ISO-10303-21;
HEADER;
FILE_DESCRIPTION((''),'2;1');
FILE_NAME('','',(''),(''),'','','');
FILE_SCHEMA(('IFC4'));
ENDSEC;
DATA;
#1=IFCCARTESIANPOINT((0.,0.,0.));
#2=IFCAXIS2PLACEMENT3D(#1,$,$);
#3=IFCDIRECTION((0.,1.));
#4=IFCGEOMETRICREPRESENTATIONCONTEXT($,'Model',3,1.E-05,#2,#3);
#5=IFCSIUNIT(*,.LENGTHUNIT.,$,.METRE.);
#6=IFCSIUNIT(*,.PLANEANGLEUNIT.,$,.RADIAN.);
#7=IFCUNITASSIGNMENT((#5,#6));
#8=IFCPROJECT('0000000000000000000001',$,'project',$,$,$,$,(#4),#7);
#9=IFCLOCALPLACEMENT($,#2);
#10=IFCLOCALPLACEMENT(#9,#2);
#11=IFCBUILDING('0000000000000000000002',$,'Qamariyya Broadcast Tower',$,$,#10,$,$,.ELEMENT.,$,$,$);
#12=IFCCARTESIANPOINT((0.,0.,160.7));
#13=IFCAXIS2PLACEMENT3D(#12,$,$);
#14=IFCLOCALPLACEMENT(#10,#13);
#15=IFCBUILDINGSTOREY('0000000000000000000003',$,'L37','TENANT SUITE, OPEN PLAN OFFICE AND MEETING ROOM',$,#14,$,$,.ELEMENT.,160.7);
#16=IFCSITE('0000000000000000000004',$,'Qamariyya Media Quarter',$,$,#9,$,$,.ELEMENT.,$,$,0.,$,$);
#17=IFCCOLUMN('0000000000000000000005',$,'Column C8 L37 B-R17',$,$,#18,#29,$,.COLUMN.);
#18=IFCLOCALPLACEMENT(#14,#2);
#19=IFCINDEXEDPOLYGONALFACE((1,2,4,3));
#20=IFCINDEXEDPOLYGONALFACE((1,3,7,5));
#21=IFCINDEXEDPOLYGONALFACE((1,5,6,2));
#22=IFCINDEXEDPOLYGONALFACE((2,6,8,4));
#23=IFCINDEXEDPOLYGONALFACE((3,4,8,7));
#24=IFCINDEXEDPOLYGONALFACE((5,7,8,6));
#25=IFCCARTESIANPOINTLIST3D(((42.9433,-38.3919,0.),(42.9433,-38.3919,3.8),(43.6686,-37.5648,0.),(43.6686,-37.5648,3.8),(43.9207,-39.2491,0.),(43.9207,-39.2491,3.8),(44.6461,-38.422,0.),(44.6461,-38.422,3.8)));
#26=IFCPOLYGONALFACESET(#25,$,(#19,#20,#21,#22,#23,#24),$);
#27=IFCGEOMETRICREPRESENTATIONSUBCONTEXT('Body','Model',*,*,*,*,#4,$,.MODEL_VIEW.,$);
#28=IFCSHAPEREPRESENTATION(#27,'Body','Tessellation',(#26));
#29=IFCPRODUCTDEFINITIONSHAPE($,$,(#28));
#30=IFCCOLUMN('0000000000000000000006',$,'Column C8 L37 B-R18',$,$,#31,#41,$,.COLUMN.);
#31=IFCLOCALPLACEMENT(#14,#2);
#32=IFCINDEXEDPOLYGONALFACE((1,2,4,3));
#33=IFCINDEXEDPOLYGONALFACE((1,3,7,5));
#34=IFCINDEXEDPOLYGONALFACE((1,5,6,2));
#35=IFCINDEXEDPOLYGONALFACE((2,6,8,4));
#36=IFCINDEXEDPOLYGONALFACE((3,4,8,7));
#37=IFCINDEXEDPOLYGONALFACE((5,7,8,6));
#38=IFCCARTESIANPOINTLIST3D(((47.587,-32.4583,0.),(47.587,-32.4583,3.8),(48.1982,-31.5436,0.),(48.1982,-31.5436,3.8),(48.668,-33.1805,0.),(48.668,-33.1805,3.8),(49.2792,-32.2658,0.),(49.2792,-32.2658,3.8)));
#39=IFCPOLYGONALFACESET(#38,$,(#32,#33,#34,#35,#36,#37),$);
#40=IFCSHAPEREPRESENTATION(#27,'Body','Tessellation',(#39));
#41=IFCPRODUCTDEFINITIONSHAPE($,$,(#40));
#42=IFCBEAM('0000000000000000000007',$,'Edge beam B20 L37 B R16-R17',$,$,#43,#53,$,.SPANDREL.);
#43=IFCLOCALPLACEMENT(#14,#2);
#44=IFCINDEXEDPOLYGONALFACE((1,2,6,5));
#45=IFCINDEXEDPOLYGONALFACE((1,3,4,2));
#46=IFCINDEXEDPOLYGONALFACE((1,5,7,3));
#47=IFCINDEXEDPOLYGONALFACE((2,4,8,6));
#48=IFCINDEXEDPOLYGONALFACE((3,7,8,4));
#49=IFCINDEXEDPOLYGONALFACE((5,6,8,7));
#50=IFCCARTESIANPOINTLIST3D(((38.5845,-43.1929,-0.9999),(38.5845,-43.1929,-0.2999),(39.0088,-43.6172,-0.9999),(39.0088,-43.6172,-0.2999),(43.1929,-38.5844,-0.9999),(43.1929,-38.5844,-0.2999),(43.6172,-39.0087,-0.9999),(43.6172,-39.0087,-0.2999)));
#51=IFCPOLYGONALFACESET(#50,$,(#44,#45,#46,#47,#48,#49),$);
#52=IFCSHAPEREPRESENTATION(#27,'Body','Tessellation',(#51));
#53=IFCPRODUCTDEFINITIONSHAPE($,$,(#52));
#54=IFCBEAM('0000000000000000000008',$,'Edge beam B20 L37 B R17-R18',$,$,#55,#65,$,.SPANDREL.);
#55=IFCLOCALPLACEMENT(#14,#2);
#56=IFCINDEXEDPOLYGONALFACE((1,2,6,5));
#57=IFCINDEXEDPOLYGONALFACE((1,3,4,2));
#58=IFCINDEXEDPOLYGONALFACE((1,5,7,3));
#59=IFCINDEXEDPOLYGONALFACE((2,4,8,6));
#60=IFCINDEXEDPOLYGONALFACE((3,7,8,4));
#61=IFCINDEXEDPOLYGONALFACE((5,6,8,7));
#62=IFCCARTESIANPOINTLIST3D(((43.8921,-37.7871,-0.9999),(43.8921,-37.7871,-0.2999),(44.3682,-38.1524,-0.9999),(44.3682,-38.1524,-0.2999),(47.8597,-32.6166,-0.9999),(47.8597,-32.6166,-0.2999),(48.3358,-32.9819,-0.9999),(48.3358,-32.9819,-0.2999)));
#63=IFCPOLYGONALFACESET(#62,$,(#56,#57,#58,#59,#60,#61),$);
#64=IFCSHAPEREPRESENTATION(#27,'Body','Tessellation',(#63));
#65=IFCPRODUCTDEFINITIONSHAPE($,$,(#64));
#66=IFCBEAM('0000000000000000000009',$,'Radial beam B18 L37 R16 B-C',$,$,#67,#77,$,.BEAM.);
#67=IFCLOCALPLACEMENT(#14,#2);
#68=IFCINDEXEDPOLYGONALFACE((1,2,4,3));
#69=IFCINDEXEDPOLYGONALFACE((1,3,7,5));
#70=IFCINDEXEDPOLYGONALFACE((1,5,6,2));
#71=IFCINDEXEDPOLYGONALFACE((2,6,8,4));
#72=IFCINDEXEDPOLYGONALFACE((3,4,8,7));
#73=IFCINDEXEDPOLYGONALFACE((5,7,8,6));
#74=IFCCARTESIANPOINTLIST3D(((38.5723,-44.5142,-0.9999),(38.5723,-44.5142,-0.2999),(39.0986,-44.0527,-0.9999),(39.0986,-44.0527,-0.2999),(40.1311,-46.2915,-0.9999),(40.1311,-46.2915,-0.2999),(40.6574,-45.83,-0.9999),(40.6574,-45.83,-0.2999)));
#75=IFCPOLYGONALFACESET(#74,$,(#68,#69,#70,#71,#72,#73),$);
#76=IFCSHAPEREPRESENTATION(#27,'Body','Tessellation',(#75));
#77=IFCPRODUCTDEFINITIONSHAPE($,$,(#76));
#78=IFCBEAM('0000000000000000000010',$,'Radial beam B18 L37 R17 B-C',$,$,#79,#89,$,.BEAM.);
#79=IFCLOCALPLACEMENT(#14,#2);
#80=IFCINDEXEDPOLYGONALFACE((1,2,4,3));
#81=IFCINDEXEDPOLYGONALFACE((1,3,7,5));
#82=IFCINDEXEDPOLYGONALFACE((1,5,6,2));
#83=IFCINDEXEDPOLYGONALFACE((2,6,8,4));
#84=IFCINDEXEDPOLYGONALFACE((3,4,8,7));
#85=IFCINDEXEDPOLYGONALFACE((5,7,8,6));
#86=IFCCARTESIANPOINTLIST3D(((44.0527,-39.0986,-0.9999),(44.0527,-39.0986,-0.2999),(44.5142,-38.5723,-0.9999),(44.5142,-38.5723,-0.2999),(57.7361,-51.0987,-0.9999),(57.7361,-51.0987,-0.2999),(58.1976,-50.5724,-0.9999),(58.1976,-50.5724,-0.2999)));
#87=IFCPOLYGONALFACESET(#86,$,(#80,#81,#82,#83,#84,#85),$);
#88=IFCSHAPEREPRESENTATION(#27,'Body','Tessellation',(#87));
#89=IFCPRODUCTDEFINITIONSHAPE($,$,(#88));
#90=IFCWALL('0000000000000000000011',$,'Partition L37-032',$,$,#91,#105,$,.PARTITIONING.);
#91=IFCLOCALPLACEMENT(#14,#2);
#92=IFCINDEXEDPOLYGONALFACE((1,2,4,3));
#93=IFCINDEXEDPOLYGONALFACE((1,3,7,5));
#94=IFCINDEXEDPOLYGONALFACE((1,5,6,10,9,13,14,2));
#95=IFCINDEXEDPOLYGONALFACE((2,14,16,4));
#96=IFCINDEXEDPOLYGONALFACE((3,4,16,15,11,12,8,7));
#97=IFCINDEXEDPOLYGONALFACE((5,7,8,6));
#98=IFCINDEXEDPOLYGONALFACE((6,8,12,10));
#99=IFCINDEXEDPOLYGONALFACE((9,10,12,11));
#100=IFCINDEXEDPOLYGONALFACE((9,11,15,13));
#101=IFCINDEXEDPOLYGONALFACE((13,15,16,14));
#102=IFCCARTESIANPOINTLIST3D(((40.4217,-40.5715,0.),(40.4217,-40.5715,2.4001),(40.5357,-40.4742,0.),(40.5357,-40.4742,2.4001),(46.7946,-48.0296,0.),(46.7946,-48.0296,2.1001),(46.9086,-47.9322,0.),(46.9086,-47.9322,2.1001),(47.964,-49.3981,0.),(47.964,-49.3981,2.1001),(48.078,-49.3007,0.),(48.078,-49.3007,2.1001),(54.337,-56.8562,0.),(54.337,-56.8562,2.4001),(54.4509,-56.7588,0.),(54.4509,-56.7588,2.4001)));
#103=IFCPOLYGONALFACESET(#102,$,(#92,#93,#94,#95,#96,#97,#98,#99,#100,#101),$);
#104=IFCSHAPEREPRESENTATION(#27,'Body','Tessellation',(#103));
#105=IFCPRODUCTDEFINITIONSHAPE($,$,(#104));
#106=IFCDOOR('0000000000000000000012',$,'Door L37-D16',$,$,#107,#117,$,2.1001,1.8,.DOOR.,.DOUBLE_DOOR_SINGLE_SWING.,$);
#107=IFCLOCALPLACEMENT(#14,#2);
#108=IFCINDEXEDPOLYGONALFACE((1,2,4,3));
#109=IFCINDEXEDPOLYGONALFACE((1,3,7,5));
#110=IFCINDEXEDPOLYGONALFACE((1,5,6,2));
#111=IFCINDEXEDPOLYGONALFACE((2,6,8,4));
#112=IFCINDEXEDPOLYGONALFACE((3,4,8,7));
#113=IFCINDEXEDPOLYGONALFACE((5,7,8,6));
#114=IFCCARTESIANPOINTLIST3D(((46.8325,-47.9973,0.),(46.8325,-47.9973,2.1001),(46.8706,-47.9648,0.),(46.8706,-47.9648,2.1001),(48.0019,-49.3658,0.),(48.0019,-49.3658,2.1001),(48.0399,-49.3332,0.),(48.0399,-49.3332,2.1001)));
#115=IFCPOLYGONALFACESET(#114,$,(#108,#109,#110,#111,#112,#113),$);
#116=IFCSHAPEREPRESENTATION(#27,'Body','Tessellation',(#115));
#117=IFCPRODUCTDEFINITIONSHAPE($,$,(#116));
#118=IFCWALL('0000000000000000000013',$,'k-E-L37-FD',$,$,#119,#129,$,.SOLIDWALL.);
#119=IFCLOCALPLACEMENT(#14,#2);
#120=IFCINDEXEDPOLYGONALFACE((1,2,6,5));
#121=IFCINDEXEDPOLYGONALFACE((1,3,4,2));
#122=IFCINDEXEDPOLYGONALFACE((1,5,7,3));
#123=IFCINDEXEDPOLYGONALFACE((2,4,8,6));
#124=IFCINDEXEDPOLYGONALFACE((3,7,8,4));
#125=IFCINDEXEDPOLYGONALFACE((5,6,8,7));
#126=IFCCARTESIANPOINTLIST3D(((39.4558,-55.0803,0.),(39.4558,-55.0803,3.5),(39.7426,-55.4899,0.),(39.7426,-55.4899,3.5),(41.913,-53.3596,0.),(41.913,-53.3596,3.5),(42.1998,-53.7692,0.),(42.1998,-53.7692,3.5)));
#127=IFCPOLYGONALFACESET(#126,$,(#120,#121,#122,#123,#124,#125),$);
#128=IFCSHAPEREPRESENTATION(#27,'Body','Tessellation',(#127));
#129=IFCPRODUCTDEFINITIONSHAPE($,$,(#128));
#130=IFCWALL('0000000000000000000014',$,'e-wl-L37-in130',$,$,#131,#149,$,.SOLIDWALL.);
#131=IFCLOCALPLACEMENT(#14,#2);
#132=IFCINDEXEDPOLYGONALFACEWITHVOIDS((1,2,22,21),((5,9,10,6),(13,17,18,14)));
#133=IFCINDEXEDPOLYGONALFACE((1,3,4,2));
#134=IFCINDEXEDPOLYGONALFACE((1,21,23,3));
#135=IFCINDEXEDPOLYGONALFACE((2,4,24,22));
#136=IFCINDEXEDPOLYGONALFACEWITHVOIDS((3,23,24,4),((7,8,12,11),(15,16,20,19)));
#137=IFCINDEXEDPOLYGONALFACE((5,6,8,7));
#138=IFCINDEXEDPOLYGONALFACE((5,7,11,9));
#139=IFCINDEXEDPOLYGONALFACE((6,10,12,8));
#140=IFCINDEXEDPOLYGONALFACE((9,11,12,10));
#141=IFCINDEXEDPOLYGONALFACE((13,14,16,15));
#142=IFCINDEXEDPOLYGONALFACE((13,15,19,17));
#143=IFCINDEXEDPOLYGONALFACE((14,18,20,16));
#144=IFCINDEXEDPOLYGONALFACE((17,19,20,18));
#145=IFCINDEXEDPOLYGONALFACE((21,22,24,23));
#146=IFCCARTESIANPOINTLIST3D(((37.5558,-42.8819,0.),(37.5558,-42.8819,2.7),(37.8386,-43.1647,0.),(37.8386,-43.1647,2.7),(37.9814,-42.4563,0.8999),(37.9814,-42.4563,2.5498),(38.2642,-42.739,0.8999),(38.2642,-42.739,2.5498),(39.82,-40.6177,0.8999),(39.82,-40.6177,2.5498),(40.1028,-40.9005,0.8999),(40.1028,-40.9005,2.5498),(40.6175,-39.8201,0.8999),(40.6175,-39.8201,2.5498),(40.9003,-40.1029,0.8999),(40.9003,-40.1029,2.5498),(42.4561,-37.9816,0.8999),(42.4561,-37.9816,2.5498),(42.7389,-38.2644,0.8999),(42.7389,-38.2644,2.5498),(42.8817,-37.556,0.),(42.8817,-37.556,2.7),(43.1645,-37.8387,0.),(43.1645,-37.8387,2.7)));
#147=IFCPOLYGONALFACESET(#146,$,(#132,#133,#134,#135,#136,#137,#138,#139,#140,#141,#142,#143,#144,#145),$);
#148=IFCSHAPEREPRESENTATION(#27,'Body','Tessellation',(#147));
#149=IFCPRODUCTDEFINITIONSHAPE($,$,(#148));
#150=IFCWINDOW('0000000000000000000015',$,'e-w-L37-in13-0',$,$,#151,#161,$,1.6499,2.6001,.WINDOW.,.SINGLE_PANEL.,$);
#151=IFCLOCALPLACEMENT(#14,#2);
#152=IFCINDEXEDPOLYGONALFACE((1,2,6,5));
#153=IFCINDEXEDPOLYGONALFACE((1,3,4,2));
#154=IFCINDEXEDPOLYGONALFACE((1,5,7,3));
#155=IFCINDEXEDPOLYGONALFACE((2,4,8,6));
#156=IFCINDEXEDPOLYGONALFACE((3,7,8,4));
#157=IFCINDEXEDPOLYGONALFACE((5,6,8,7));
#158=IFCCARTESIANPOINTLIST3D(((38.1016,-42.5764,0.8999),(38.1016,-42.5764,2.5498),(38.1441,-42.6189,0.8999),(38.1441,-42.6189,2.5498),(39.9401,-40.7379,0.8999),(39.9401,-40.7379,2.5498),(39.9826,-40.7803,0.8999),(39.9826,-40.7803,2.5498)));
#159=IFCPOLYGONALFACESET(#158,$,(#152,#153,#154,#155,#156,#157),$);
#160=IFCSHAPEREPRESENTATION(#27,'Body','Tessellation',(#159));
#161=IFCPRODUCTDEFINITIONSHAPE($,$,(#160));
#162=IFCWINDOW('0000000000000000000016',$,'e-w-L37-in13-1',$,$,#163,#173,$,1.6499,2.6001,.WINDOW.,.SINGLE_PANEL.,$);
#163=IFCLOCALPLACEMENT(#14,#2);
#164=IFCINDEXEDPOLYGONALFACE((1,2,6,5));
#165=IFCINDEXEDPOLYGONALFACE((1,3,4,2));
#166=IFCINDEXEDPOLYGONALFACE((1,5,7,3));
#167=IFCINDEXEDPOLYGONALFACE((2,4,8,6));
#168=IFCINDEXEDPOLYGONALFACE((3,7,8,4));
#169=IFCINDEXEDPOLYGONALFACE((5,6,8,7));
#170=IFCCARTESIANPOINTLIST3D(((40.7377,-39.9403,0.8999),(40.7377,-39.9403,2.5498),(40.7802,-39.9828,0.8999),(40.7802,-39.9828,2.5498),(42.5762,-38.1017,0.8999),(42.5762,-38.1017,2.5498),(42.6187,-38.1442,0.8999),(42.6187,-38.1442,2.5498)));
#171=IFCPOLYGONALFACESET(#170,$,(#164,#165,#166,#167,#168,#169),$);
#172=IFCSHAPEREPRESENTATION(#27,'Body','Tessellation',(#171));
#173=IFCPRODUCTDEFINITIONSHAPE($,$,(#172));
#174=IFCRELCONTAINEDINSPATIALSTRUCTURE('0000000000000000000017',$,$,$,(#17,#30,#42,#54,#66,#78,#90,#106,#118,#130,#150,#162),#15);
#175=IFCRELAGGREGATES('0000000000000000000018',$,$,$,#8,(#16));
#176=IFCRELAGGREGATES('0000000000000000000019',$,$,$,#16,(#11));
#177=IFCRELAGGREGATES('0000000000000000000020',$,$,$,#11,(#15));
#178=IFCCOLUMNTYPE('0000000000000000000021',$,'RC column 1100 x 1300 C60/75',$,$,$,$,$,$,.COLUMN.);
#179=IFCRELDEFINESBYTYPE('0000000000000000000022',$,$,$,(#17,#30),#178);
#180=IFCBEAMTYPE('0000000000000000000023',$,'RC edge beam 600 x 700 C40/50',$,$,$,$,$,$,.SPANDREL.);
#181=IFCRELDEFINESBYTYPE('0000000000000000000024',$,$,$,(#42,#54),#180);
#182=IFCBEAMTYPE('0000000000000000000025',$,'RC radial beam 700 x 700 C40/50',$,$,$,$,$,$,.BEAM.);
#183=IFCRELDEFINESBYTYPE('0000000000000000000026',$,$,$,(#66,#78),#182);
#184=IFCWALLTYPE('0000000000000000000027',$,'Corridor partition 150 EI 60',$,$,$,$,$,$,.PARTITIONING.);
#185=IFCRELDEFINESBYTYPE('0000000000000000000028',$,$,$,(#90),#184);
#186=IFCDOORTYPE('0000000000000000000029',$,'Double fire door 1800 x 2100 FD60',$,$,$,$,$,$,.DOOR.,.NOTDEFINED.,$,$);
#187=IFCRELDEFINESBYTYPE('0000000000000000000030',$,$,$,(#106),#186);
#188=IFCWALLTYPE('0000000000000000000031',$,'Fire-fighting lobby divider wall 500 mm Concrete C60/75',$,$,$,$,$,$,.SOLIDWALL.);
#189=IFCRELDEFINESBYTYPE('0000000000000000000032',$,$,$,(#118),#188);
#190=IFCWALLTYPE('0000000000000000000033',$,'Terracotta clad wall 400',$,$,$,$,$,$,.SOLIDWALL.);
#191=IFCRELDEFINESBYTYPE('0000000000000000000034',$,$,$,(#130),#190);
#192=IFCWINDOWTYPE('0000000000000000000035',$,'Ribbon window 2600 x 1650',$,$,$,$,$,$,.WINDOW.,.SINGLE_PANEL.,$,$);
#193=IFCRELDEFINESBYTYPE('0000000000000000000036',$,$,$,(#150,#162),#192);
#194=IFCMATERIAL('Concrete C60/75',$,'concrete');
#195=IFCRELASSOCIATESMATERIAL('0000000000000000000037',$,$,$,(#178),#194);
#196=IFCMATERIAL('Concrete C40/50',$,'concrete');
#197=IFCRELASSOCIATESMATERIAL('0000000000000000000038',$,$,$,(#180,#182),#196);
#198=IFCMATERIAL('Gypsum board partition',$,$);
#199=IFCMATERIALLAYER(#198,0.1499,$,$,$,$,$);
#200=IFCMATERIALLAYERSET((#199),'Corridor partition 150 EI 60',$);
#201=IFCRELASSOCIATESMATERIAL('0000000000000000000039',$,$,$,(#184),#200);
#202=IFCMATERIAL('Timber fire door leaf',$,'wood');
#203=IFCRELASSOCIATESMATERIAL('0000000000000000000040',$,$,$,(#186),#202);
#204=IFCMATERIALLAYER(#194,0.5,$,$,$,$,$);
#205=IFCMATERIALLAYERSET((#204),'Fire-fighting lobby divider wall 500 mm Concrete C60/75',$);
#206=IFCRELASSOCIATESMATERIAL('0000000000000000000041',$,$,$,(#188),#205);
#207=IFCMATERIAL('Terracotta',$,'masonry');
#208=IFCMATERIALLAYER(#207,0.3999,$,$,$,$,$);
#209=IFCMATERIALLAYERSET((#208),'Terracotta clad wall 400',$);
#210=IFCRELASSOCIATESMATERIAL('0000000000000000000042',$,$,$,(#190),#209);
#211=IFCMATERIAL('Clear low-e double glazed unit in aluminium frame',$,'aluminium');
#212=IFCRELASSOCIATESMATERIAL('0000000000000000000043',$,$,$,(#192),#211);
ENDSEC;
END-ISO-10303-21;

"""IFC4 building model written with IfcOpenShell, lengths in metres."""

from ifc_helpers import new_model, si_unit, direction, frame, frame_2d, origin, origin_2d, place, context, subcontext, project, spatial, rectangle, extrude, material, layer, layer_set, material_profile, profile_set, type_object, element, fill, save


model = new_model("IFC4")

# Units and contexts
model_context = context("Model", 3, precision=1e-05, world=origin(), true_north=direction((0.0, 1.0)))
body_context = subcontext(model_context, "Body", "Model", "MODEL_VIEW")
ifc_project = project(units=[si_unit("LENGTHUNIT", "METRE"), si_unit("PLANEANGLEUNIT", "RADIAN")], contexts=[model_context])

# Site, building, storey
site_placement = place(None, origin())
site = spatial("IfcSite", under=ifc_project, at=site_placement, Name="Qamariyya Media Quarter", CompositionType="ELEMENT", RefElevation=0.0)
building_placement = place(site_placement, origin())
building = spatial("IfcBuilding", under=site, at=building_placement, Name="Qamariyya Broadcast Tower", CompositionType="ELEMENT")
storey_placement = place(building_placement, frame((0.0, 0.0, 160.7)))
storey = spatial("IfcBuildingStorey", under=building, at=storey_placement, Name="L37", Description="TENANT SUITE, OPEN PLAN OFFICE AND MEETING ROOM", CompositionType="ELEMENT", Elevation=160.7)

# Columns
ifc_material_1 = material(Name="Concrete C60/75", Category="concrete")
ifc_material_profile_1 = material_profile(ifc_material_1, rectangle(XDim=1.1001, YDim=1.3, at=origin_2d()))
ifc_profile_set_1 = profile_set([ifc_material_profile_1], Name="Concrete C60/75")
column_type = type_object("IfcColumnType", Name="RC column 1100 x 1300 C60/75", PredefinedType="COLUMN", material=ifc_profile_set_1)
for number, where, z_axis, x_axis, name in (
    (1, (43.7947, -38.407, 0.0), (0.0, 0.0, 1.0), (0.659346, 0.75184, 0.0), "Column C8 L37 B-R17"),
    (2, (48.4331, -32.3621, 0.0), (0.0, 0.0, 1.0), (0.55557, 0.83147, 0.0), "Column C8 L37 B-R18"),
):
    element("IfcColumn", number, at=place(storey_placement, frame(where, z_axis=z_axis, x_axis=x_axis)), inside=storey, type_object=column_type, Name=name, PredefinedType="COLUMN", context=body_context, shape_type="SweptSolid", body=[
        extrude(rectangle(XDim=1.1001, YDim=1.3, at=origin_2d()), origin(), (0.0, 0.0, 1.0), 3.8),
    ])

# Beams
ifc_material_2 = material(Name="Concrete C40/50", Category="concrete")
ifc_material_profile_2 = material_profile(ifc_material_2, rectangle(XDim=0.6001, YDim=0.7, at=origin_2d()))
ifc_profile_set_2 = profile_set([ifc_material_profile_2], Name="Concrete C40/50")
beam_type_1 = type_object("IfcBeamType", Name="RC edge beam 600 x 700 C40/50", PredefinedType="SPANDREL", material=ifc_profile_set_2)
for number, where, z_axis, x_axis, name in (
    (3, (38.7966, -43.405, -0.6499), (0.707107, 0.707107, 0.0), (-0.707107, 0.707107, 0.0), "Edge beam B20 L37 B R16-R17"),
    (4, (44.1301, -37.9697, -0.6499), (0.608774, 0.793343, 0.0), (-0.793343, 0.608774, 0.0), "Edge beam B20 L37 B R17-R18"),
):
    element("IfcBeam", number, at=place(storey_placement, frame(where, z_axis=z_axis, x_axis=x_axis)), inside=storey, type_object=beam_type_1, Name=name, PredefinedType="SPANDREL", context=body_context, shape_type="SweptSolid", body=[
        extrude(rectangle(XDim=0.6001, YDim=0.7, at=origin_2d()), origin(), (0.0, 0.0, 1.0), 6.5173),
    ])
ifc_material_profile_3 = material_profile(ifc_material_2, rectangle(XDim=0.7, YDim=0.7, at=origin_2d()))
ifc_profile_set_3 = profile_set([ifc_material_profile_3], Name="Concrete C40/50")
beam_type_2 = type_object("IfcBeamType", Name="RC radial beam 700 x 700 C40/50", PredefinedType="BEAM", material=ifc_profile_set_3)
beam_1_placement = place(storey_placement, frame((38.8354, -44.2834, -0.6499), z_axis=(0.659382, -0.751809, 0.0), x_axis=(0.751809, 0.659382, 0.0)))
element("IfcBeam", 5, at=beam_1_placement, inside=storey, type_object=beam_type_2, Name="Radial beam B18 L37 R16 B-C", PredefinedType="BEAM", context=body_context, shape_type="SweptSolid", body=[
    extrude(rectangle(XDim=0.7, YDim=0.7, at=origin_2d()), origin(), (0.0, 0.0, 1.0), 2.364),
])
beam_2_placement = place(storey_placement, frame((44.2834, -38.8354, -0.6499), z_axis=(0.751839, -0.659347, 0.0), x_axis=(0.659347, 0.751839, 0.0)))
element("IfcBeam", 6, at=beam_2_placement, inside=storey, type_object=beam_type_2, Name="Radial beam B18 L37 R17 B-C", PredefinedType="BEAM", context=body_context, shape_type="SweptSolid", body=[
    extrude(rectangle(XDim=0.7, YDim=0.7, at=origin_2d()), origin(), (0.0, 0.0, 1.0), 18.2),
])

# Wall, opening, door
ifc_material_3 = material(Name="Gypsum board partition")
ifc_layer_1 = layer(ifc_material_3, 0.1499)
ifc_layer_set_1 = layer_set([ifc_layer_1], Name="Corridor partition 150 EI 60")
wall_type_1 = type_object("IfcWallType", Name="Corridor partition 150 EI 60", PredefinedType="PARTITIONING", material=ifc_layer_set_1)
wall_1_placement = place(storey_placement, frame((40.4788, -40.5229, 0.0), z_axis=(0.0, 0.0, 1.0), x_axis=(0.649633, -0.760248, 0.0)))
wall_1 = element("IfcWall", 7, at=wall_1_placement, inside=storey, type_object=wall_type_1, Name="Partition L37-032", PredefinedType="PARTITIONING", context=body_context, shape_type="SweptSolid", body=[
    extrude(rectangle(XDim=21.4202, YDim=0.1499, at=frame_2d((10.71, 0.0))), origin(), (0.0, 0.0, 1.0), 2.4001),
])
opening_1_placement = place(wall_1_placement, frame((9.8101, 0.0, 0.0)))
opening_1 = element("IfcOpeningElement", 8, at=opening_1_placement, cuts=wall_1, PredefinedType="OPENING", context=body_context, shape_type="SweptSolid", body=[
    extrude(rectangle(XDim=1.8, YDim=2.1001, at=frame_2d((0.8999, 1.05))), frame((0.0, 0.085, 0.0), z_axis=(0.0, -1.0, 0.0), x_axis=(1.0, 0.0, 0.0)), (0.0, 0.0, 1.0), 0.1699),
])
ifc_material_4 = material(Name="Timber fire door leaf", Category="wood")
door_type = type_object("IfcDoorType", Name="Double fire door 1800 x 2100 FD60", OperationType="NOTDEFINED", PredefinedType="DOOR", material=ifc_material_4)
door_placement = place(opening_1_placement, origin())
door = element("IfcDoor", 9, at=door_placement, inside=storey, type_object=door_type, Name="Door L37-D16", OperationType="DOUBLE_DOOR_SINGLE_SWING", OverallHeight=2.1001, OverallWidth=1.8, PredefinedType="DOOR", context=body_context, shape_type="SweptSolid", body=[
    extrude(rectangle(XDim=1.8, YDim=2.1001, at=frame_2d((0.8999, 1.05))), frame((0.0, 0.0249, 0.0), z_axis=(0.0, -1.0, 0.0), x_axis=(1.0, 0.0, 0.0)), (0.0, 0.0, 1.0), 0.05),
])
fill(opening_1, door)

# Wall
ifc_layer_2 = layer(ifc_material_1, 0.5)
ifc_layer_set_2 = layer_set([ifc_layer_2], Name="Fire-fighting lobby divider wall 500 mm Concrete C60/75")
wall_type_2 = type_object("IfcWallType", Name="Fire-fighting lobby divider wall 500 mm Concrete C60/75", PredefinedType="SOLIDWALL", material=ifc_layer_set_2)
wall_2_placement = place(storey_placement, frame((39.5991, -55.2852, 0.0), z_axis=(0.0, 0.0, 1.0), x_axis=(0.819136, 0.573599, 0.0)))
element("IfcWall", 10, at=wall_2_placement, inside=storey, type_object=wall_type_2, Name="k-E-L37-FD", PredefinedType="SOLIDWALL", context=body_context, shape_type="SweptSolid", body=[
    extrude(rectangle(XDim=2.9998, YDim=0.5, at=frame_2d((1.5, 0.0))), origin(), (0.0, 0.0, 1.0), 3.5),
])

# Wall, openings, windows
ifc_material_5 = material(Name="Terracotta", Category="masonry")
ifc_layer_3 = layer(ifc_material_5, 0.3999)
ifc_layer_set_3 = layer_set([ifc_layer_3], Name="Terracotta clad wall 400")
wall_type_3 = type_object("IfcWallType", Name="Terracotta clad wall 400", PredefinedType="SOLIDWALL", material=ifc_layer_set_3)
wall_3_placement = place(storey_placement, frame((43.0232, -37.6973, 0.0), z_axis=(0.0, 0.0, 1.0), x_axis=(-0.707107, -0.707107, 0.0)))
wall_3 = element("IfcWall", 11, at=wall_3_placement, inside=storey, type_object=wall_type_3, Name="e-wl-L37-in130", PredefinedType="SOLIDWALL", context=body_context, shape_type="SweptSolid", body=[
    extrude(rectangle(XDim=7.532, YDim=0.3999, at=frame_2d((3.7661, 0.0))), origin(), (0.0, 0.0, 1.0), 2.7),
])
opening_2_placement = place(wall_3_placement, frame((4.3301, 0.0, 0.8999)))
opening_2 = element("IfcOpeningElement", 12, at=opening_2_placement, cuts=wall_3, PredefinedType="OPENING", context=body_context, shape_type="SweptSolid", body=[
    extrude(rectangle(XDim=2.6001, YDim=1.6499, at=frame_2d((1.3, 0.825))), frame((0.0, 0.21, 0.0), z_axis=(0.0, -1.0, 0.0), x_axis=(1.0, 0.0, 0.0)), (0.0, 0.0, 1.0), 0.4199),
])
opening_3_placement = place(wall_3_placement, frame((0.6021, 0.0, 0.8999)))
opening_3 = element("IfcOpeningElement", 13, at=opening_3_placement, cuts=wall_3, PredefinedType="OPENING", context=body_context, shape_type="SweptSolid", body=[
    extrude(rectangle(XDim=2.6001, YDim=1.6499, at=frame_2d((1.3, 0.825))), frame((0.0, 0.21, 0.0), z_axis=(0.0, -1.0, 0.0), x_axis=(1.0, 0.0, 0.0)), (0.0, 0.0, 1.0), 0.4199),
])
ifc_material_6 = material(Name="Clear low-e double glazed unit in aluminium frame", Category="aluminium")
window_type = type_object("IfcWindowType", Name="Ribbon window 2600 x 1650", PartitioningType="SINGLE_PANEL", PredefinedType="WINDOW", material=ifc_material_6)
window_1_placement = place(opening_2_placement, origin())
window_1 = element("IfcWindow", 14, at=window_1_placement, inside=storey, type_object=window_type, Name="e-w-L37-in13-0", OverallHeight=1.6499, OverallWidth=2.6001, PartitioningType="SINGLE_PANEL", PredefinedType="WINDOW", context=body_context, shape_type="SweptSolid", body=[
    extrude(rectangle(XDim=2.6001, YDim=1.6499, at=frame_2d((1.3, 0.825))), frame((0.0, 0.03, 0.0), z_axis=(0.0, -1.0, 0.0), x_axis=(1.0, 0.0, 0.0)), (0.0, 0.0, 1.0), 0.0601),
])
fill(opening_2, window_1)
window_2_placement = place(opening_3_placement, origin())
window_2 = element("IfcWindow", 15, at=window_2_placement, inside=storey, type_object=window_type, Name="e-w-L37-in13-1", OverallHeight=1.6499, OverallWidth=2.6001, PartitioningType="SINGLE_PANEL", PredefinedType="WINDOW", context=body_context, shape_type="SweptSolid", body=[
    extrude(rectangle(XDim=2.6001, YDim=1.6499, at=frame_2d((1.3, 0.825))), frame((0.0, 0.03, 0.0), z_axis=(0.0, -1.0, 0.0), x_axis=(1.0, 0.0, 0.0)), (0.0, 0.0, 1.0), 0.0601),
])
fill(opening_3, window_2)

save(model, "model.ifc")
